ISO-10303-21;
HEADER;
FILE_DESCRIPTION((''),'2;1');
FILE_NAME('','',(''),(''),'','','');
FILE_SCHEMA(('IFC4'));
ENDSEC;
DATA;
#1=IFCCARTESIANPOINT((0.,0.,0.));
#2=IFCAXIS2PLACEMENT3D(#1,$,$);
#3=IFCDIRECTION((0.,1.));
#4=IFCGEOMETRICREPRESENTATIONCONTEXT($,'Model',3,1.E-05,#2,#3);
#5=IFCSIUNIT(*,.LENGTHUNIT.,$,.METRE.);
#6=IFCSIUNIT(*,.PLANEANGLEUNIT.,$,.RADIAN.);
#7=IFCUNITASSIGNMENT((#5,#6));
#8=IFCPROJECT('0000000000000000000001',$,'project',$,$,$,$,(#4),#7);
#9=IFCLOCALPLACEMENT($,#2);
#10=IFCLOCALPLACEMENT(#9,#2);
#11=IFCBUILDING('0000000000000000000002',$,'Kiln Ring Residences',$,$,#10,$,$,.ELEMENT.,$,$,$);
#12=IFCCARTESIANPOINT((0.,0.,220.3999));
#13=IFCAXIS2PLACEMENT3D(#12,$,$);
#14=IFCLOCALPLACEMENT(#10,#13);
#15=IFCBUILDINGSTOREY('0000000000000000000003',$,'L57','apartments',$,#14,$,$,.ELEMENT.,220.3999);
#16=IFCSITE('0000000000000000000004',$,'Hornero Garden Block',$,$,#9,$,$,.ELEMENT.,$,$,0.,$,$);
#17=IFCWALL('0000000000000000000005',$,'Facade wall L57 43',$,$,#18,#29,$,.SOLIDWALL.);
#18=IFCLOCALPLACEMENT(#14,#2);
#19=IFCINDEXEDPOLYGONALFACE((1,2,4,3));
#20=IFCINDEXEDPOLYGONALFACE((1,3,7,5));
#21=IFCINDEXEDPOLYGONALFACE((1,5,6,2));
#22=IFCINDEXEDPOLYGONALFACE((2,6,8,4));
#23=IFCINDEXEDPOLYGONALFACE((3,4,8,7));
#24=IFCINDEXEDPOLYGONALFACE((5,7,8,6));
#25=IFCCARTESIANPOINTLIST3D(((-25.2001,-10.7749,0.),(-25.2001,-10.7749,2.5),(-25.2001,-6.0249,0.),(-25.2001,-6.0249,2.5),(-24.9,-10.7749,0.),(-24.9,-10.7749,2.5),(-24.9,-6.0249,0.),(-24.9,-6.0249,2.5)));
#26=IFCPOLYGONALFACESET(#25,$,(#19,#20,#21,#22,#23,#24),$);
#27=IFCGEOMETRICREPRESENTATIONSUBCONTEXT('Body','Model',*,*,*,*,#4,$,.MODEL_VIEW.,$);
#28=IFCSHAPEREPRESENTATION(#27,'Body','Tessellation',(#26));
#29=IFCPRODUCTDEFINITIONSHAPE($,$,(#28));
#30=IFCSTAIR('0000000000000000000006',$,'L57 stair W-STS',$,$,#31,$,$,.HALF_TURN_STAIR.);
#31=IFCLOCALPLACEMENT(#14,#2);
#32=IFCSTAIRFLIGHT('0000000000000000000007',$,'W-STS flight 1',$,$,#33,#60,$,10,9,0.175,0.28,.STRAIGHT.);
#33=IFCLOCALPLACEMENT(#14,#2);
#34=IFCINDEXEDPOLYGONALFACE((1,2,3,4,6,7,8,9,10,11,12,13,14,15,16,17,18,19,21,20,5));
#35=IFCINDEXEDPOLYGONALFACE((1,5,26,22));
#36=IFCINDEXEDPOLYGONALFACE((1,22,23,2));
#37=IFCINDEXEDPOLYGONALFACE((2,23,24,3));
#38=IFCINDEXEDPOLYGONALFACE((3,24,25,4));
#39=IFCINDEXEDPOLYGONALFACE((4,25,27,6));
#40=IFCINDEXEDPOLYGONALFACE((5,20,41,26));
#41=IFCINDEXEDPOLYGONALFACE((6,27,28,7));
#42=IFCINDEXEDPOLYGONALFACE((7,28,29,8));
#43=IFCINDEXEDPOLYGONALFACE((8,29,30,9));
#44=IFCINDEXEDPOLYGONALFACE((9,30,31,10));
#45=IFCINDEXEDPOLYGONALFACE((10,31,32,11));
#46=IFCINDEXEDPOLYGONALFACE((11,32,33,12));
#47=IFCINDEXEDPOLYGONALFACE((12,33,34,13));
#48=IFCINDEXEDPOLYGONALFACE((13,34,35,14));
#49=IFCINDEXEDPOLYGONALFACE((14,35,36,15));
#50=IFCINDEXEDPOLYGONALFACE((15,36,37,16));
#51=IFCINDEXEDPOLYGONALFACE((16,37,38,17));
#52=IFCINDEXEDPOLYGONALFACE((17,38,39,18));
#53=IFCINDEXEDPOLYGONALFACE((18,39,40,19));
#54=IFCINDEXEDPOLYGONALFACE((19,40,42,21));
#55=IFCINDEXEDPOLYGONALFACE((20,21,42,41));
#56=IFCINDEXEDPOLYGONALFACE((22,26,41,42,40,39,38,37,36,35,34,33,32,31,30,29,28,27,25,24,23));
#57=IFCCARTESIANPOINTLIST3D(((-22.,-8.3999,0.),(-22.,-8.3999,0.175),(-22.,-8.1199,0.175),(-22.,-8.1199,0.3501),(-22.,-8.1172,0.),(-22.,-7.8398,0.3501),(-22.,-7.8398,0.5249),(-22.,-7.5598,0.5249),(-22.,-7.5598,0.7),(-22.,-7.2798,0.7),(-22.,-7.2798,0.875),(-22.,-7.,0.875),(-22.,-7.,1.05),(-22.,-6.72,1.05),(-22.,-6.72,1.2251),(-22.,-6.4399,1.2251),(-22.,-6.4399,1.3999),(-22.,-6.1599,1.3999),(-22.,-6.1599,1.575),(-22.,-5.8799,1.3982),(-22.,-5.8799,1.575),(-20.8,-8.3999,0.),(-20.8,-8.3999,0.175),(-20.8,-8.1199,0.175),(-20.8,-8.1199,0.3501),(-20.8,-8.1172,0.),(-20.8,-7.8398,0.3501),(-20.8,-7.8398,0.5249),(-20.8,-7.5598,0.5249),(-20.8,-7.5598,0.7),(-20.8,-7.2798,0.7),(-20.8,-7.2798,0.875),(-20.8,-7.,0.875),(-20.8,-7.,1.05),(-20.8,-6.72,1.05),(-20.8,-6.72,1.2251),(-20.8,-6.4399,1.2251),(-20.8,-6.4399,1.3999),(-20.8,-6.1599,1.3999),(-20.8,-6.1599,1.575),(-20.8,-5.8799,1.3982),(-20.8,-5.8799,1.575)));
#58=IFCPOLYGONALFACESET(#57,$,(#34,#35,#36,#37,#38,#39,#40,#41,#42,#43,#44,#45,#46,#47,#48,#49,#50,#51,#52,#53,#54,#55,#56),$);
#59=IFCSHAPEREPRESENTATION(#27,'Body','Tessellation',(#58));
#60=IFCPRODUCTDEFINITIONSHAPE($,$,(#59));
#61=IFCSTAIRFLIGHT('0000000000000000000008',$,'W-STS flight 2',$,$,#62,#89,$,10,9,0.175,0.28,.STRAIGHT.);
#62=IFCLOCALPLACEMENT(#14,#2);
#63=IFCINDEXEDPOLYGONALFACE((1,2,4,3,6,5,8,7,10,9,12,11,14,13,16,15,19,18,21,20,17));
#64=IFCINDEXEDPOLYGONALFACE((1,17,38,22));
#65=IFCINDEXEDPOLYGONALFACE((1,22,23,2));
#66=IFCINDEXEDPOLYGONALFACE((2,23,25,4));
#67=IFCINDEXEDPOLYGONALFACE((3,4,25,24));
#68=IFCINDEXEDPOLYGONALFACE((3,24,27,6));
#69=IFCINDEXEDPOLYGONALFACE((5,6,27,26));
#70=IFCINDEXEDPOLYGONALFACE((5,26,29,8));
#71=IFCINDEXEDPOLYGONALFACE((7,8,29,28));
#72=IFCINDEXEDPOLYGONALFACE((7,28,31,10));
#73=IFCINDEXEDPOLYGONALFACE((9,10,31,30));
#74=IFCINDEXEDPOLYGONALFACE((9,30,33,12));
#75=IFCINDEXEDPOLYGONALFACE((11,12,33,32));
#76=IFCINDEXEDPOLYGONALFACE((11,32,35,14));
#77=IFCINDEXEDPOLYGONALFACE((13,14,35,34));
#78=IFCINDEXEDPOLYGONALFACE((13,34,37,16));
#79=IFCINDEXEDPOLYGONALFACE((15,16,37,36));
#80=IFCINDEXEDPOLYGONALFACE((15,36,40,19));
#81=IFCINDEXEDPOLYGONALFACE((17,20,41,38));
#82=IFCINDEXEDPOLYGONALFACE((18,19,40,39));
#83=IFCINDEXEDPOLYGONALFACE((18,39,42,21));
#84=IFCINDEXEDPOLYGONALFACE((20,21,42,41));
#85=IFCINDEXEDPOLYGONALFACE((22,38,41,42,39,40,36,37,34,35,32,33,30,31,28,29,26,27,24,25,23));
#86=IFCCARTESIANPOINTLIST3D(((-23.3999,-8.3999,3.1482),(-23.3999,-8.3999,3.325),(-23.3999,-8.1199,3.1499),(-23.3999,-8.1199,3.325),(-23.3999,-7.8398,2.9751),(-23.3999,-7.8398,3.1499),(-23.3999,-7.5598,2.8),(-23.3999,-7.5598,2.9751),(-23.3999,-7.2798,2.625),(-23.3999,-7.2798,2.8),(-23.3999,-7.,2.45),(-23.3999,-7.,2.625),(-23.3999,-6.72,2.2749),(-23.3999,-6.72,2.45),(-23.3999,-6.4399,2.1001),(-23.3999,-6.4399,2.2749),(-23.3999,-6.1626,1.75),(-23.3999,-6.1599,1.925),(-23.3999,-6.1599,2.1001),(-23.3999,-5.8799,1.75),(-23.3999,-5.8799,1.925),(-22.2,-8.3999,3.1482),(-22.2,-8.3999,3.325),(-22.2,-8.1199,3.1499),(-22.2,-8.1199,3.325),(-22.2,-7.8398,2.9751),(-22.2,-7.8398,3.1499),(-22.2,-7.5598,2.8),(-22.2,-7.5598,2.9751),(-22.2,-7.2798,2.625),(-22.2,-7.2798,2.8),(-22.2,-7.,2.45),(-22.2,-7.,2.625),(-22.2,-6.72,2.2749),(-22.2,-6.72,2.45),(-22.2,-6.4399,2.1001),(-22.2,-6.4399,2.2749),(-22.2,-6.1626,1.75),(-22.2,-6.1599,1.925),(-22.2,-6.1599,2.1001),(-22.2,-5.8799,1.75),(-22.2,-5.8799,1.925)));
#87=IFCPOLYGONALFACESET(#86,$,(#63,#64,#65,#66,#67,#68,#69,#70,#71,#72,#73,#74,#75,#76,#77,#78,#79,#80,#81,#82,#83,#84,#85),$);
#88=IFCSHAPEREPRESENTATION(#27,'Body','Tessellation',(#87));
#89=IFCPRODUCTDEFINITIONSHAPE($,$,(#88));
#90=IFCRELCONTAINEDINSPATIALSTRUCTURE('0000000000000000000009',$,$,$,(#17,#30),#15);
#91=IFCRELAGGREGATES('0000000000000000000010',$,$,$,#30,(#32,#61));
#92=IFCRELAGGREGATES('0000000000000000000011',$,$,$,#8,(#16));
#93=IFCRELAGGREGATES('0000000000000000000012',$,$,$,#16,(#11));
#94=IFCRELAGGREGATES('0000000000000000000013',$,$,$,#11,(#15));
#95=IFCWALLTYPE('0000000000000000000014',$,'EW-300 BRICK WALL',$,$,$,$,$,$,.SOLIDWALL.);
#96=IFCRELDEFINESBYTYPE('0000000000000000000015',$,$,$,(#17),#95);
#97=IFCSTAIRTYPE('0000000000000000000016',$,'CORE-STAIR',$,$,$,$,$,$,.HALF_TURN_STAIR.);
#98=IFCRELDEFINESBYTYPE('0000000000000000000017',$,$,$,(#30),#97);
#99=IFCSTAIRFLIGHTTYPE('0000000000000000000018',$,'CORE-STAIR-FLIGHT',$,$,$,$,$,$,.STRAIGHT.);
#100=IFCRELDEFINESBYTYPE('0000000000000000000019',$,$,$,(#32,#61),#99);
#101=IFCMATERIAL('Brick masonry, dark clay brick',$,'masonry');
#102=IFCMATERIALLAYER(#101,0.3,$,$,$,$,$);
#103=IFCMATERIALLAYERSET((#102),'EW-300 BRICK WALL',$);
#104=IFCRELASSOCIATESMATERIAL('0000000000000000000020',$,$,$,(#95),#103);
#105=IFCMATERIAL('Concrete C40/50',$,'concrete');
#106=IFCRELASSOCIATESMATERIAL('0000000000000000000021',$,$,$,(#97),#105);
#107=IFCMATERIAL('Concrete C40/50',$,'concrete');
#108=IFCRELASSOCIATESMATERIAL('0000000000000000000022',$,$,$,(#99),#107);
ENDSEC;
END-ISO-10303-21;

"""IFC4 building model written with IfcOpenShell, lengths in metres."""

from ifc_helpers import new_model, si_unit, direction, frame, frame_2d, origin, place, context, subcontext, project, spatial, polyline, rectangle, outline, extrude, material, layer, layer_set, type_object, element, aggregate, save


model = new_model("IFC4")

# Units and contexts
model_context = context("Model", 3, precision=1e-05, world=origin(), true_north=direction((0.0, 1.0)))
body_context = subcontext(model_context, "Body", "Model", "MODEL_VIEW")
ifc_project = project(units=[si_unit("LENGTHUNIT", "METRE"), si_unit("PLANEANGLEUNIT", "RADIAN")], contexts=[model_context])

# Site, building, storey
site_placement = place(None, origin())
site = spatial("IfcSite", under=ifc_project, at=site_placement, Name="Hornero Garden Block", CompositionType="ELEMENT", RefElevation=0.0)
building_placement = place(site_placement, origin())
building = spatial("IfcBuilding", under=site, at=building_placement, Name="Kiln Ring Residences", CompositionType="ELEMENT")
storey_placement = place(building_placement, frame((0.0, 0.0, 220.3999)))
storey = spatial("IfcBuildingStorey", under=building, at=storey_placement, Name="L57", Description="apartments", CompositionType="ELEMENT", Elevation=220.3999)

# Wall
ifc_material_1 = material(Name="Brick masonry, dark clay brick", Category="masonry")
ifc_layer_1 = layer(ifc_material_1, 0.3)
ifc_layer_set_1 = layer_set([ifc_layer_1], Name="EW-300 BRICK WALL")
wall_type_1 = type_object("IfcWallType", Name="EW-300 BRICK WALL", PredefinedType="SOLIDWALL", material=ifc_layer_set_1)
for number, where, z_axis, x_axis, name in (
    (1, (-25.05, -6.0249, 0.0), (0.0, 0.0, 1.0), (0.0, -1.0, 0.0), "Facade wall L57 43"),
):
    element("IfcWall", number, at=place(storey_placement, frame(where, z_axis=z_axis, x_axis=x_axis)), inside=storey, type_object=wall_type_1, Name=name, PredefinedType="SOLIDWALL", context=body_context, shape_type="SweptSolid", body=[
        extrude(rectangle(XDim=4.75, YDim=0.3, at=frame_2d((2.375, 0.0))), origin(), (0.0, 0.0, 1.0), 2.5),
    ])

# Stair, stair flights
ifc_material_2 = material(Name="Concrete C40/50", Category="concrete")
stair_type = type_object("IfcStairType", Name="CORE-STAIR", PredefinedType="HALF_TURN_STAIR", material=ifc_material_2)
stair_placement = place(storey_placement, origin())
stair = element("IfcStair", 2, at=stair_placement, inside=storey, type_object=stair_type, Name="L57 stair W-STS", PredefinedType="HALF_TURN_STAIR")
ifc_material_3 = material(Name="Concrete C40/50", Category="concrete")
stair_flight_type = type_object("IfcStairFlightType", Name="CORE-STAIR-FLIGHT", PredefinedType="STRAIGHT", material=ifc_material_3)
stair_flight_1_placement = place(storey_placement, frame((-21.3999, -8.3999, 0.0), z_axis=(0.0, 0.0, 1.0), x_axis=(0.0, 1.0, 0.0)))
stair_flight_1 = element("IfcStairFlight", 3, at=stair_flight_1_placement, type_object=stair_flight_type, Name="W-STS flight 1", NumberOfRisers=10, NumberOfTreads=9, PredefinedType="STRAIGHT", RiserHeight=0.175, TreadLength=0.28, context=body_context, shape_type="SweptSolid", body=[
    extrude(outline(polyline([(0.0, 0.0), (0.0, 0.175), (0.28, 0.175), (0.28, 0.3501), (0.5601, 0.3501), (0.5601, 0.5249), (0.8401, 0.5249), (0.8401, 0.7), (1.1201, 0.7), (1.1201, 0.875), (1.3999, 0.875), (1.3999, 1.05), (1.6799, 1.05), (1.6799, 1.2251), (1.96, 1.2251), (1.96, 1.3999), (2.24, 1.3999), (2.24, 1.575), (2.52, 1.575), (2.52, 1.75), (2.52, 1.3982), (0.2827, 0.0), (0.0, 0.0)])), frame((0.0, 0.6001, 0.0), z_axis=(0.0, -1.0, 0.0), x_axis=(1.0, 0.0, 0.0)), (0.0, 0.0, 1.0), 1.2),
])
stair_flight_2_placement = place(storey_placement, frame((-22.8, -5.8799, 1.75), z_axis=(0.0, 0.0, 1.0), x_axis=(0.0, -1.0, 0.0)))
stair_flight_2 = element("IfcStairFlight", 4, at=stair_flight_2_placement, type_object=stair_flight_type, Name="W-STS flight 2", NumberOfRisers=10, NumberOfTreads=9, PredefinedType="STRAIGHT", RiserHeight=0.175, TreadLength=0.28, context=body_context, shape_type="SweptSolid", body=[
    extrude(outline(polyline([(0.0, 0.0), (0.0, 0.175), (0.28, 0.175), (0.28, 0.3501), (0.5601, 0.3501), (0.5601, 0.5249), (0.8401, 0.5249), (0.8401, 0.7), (1.1201, 0.7), (1.1201, 0.875), (1.3999, 0.875), (1.3999, 1.05), (1.6799, 1.05), (1.6799, 1.2251), (1.96, 1.2251), (1.96, 1.3999), (2.24, 1.3999), (2.24, 1.575), (2.52, 1.575), (2.52, 1.75), (2.52, 1.3982), (0.2827, 0.0), (0.0, 0.0)])), frame((0.0, 0.6001, 0.0), z_axis=(0.0, -1.0, 0.0), x_axis=(1.0, 0.0, 0.0)), (0.0, 0.0, 1.0), 1.2),
])
aggregate(stair, [stair_flight_1, stair_flight_2])

save(model, "model.ifc")
